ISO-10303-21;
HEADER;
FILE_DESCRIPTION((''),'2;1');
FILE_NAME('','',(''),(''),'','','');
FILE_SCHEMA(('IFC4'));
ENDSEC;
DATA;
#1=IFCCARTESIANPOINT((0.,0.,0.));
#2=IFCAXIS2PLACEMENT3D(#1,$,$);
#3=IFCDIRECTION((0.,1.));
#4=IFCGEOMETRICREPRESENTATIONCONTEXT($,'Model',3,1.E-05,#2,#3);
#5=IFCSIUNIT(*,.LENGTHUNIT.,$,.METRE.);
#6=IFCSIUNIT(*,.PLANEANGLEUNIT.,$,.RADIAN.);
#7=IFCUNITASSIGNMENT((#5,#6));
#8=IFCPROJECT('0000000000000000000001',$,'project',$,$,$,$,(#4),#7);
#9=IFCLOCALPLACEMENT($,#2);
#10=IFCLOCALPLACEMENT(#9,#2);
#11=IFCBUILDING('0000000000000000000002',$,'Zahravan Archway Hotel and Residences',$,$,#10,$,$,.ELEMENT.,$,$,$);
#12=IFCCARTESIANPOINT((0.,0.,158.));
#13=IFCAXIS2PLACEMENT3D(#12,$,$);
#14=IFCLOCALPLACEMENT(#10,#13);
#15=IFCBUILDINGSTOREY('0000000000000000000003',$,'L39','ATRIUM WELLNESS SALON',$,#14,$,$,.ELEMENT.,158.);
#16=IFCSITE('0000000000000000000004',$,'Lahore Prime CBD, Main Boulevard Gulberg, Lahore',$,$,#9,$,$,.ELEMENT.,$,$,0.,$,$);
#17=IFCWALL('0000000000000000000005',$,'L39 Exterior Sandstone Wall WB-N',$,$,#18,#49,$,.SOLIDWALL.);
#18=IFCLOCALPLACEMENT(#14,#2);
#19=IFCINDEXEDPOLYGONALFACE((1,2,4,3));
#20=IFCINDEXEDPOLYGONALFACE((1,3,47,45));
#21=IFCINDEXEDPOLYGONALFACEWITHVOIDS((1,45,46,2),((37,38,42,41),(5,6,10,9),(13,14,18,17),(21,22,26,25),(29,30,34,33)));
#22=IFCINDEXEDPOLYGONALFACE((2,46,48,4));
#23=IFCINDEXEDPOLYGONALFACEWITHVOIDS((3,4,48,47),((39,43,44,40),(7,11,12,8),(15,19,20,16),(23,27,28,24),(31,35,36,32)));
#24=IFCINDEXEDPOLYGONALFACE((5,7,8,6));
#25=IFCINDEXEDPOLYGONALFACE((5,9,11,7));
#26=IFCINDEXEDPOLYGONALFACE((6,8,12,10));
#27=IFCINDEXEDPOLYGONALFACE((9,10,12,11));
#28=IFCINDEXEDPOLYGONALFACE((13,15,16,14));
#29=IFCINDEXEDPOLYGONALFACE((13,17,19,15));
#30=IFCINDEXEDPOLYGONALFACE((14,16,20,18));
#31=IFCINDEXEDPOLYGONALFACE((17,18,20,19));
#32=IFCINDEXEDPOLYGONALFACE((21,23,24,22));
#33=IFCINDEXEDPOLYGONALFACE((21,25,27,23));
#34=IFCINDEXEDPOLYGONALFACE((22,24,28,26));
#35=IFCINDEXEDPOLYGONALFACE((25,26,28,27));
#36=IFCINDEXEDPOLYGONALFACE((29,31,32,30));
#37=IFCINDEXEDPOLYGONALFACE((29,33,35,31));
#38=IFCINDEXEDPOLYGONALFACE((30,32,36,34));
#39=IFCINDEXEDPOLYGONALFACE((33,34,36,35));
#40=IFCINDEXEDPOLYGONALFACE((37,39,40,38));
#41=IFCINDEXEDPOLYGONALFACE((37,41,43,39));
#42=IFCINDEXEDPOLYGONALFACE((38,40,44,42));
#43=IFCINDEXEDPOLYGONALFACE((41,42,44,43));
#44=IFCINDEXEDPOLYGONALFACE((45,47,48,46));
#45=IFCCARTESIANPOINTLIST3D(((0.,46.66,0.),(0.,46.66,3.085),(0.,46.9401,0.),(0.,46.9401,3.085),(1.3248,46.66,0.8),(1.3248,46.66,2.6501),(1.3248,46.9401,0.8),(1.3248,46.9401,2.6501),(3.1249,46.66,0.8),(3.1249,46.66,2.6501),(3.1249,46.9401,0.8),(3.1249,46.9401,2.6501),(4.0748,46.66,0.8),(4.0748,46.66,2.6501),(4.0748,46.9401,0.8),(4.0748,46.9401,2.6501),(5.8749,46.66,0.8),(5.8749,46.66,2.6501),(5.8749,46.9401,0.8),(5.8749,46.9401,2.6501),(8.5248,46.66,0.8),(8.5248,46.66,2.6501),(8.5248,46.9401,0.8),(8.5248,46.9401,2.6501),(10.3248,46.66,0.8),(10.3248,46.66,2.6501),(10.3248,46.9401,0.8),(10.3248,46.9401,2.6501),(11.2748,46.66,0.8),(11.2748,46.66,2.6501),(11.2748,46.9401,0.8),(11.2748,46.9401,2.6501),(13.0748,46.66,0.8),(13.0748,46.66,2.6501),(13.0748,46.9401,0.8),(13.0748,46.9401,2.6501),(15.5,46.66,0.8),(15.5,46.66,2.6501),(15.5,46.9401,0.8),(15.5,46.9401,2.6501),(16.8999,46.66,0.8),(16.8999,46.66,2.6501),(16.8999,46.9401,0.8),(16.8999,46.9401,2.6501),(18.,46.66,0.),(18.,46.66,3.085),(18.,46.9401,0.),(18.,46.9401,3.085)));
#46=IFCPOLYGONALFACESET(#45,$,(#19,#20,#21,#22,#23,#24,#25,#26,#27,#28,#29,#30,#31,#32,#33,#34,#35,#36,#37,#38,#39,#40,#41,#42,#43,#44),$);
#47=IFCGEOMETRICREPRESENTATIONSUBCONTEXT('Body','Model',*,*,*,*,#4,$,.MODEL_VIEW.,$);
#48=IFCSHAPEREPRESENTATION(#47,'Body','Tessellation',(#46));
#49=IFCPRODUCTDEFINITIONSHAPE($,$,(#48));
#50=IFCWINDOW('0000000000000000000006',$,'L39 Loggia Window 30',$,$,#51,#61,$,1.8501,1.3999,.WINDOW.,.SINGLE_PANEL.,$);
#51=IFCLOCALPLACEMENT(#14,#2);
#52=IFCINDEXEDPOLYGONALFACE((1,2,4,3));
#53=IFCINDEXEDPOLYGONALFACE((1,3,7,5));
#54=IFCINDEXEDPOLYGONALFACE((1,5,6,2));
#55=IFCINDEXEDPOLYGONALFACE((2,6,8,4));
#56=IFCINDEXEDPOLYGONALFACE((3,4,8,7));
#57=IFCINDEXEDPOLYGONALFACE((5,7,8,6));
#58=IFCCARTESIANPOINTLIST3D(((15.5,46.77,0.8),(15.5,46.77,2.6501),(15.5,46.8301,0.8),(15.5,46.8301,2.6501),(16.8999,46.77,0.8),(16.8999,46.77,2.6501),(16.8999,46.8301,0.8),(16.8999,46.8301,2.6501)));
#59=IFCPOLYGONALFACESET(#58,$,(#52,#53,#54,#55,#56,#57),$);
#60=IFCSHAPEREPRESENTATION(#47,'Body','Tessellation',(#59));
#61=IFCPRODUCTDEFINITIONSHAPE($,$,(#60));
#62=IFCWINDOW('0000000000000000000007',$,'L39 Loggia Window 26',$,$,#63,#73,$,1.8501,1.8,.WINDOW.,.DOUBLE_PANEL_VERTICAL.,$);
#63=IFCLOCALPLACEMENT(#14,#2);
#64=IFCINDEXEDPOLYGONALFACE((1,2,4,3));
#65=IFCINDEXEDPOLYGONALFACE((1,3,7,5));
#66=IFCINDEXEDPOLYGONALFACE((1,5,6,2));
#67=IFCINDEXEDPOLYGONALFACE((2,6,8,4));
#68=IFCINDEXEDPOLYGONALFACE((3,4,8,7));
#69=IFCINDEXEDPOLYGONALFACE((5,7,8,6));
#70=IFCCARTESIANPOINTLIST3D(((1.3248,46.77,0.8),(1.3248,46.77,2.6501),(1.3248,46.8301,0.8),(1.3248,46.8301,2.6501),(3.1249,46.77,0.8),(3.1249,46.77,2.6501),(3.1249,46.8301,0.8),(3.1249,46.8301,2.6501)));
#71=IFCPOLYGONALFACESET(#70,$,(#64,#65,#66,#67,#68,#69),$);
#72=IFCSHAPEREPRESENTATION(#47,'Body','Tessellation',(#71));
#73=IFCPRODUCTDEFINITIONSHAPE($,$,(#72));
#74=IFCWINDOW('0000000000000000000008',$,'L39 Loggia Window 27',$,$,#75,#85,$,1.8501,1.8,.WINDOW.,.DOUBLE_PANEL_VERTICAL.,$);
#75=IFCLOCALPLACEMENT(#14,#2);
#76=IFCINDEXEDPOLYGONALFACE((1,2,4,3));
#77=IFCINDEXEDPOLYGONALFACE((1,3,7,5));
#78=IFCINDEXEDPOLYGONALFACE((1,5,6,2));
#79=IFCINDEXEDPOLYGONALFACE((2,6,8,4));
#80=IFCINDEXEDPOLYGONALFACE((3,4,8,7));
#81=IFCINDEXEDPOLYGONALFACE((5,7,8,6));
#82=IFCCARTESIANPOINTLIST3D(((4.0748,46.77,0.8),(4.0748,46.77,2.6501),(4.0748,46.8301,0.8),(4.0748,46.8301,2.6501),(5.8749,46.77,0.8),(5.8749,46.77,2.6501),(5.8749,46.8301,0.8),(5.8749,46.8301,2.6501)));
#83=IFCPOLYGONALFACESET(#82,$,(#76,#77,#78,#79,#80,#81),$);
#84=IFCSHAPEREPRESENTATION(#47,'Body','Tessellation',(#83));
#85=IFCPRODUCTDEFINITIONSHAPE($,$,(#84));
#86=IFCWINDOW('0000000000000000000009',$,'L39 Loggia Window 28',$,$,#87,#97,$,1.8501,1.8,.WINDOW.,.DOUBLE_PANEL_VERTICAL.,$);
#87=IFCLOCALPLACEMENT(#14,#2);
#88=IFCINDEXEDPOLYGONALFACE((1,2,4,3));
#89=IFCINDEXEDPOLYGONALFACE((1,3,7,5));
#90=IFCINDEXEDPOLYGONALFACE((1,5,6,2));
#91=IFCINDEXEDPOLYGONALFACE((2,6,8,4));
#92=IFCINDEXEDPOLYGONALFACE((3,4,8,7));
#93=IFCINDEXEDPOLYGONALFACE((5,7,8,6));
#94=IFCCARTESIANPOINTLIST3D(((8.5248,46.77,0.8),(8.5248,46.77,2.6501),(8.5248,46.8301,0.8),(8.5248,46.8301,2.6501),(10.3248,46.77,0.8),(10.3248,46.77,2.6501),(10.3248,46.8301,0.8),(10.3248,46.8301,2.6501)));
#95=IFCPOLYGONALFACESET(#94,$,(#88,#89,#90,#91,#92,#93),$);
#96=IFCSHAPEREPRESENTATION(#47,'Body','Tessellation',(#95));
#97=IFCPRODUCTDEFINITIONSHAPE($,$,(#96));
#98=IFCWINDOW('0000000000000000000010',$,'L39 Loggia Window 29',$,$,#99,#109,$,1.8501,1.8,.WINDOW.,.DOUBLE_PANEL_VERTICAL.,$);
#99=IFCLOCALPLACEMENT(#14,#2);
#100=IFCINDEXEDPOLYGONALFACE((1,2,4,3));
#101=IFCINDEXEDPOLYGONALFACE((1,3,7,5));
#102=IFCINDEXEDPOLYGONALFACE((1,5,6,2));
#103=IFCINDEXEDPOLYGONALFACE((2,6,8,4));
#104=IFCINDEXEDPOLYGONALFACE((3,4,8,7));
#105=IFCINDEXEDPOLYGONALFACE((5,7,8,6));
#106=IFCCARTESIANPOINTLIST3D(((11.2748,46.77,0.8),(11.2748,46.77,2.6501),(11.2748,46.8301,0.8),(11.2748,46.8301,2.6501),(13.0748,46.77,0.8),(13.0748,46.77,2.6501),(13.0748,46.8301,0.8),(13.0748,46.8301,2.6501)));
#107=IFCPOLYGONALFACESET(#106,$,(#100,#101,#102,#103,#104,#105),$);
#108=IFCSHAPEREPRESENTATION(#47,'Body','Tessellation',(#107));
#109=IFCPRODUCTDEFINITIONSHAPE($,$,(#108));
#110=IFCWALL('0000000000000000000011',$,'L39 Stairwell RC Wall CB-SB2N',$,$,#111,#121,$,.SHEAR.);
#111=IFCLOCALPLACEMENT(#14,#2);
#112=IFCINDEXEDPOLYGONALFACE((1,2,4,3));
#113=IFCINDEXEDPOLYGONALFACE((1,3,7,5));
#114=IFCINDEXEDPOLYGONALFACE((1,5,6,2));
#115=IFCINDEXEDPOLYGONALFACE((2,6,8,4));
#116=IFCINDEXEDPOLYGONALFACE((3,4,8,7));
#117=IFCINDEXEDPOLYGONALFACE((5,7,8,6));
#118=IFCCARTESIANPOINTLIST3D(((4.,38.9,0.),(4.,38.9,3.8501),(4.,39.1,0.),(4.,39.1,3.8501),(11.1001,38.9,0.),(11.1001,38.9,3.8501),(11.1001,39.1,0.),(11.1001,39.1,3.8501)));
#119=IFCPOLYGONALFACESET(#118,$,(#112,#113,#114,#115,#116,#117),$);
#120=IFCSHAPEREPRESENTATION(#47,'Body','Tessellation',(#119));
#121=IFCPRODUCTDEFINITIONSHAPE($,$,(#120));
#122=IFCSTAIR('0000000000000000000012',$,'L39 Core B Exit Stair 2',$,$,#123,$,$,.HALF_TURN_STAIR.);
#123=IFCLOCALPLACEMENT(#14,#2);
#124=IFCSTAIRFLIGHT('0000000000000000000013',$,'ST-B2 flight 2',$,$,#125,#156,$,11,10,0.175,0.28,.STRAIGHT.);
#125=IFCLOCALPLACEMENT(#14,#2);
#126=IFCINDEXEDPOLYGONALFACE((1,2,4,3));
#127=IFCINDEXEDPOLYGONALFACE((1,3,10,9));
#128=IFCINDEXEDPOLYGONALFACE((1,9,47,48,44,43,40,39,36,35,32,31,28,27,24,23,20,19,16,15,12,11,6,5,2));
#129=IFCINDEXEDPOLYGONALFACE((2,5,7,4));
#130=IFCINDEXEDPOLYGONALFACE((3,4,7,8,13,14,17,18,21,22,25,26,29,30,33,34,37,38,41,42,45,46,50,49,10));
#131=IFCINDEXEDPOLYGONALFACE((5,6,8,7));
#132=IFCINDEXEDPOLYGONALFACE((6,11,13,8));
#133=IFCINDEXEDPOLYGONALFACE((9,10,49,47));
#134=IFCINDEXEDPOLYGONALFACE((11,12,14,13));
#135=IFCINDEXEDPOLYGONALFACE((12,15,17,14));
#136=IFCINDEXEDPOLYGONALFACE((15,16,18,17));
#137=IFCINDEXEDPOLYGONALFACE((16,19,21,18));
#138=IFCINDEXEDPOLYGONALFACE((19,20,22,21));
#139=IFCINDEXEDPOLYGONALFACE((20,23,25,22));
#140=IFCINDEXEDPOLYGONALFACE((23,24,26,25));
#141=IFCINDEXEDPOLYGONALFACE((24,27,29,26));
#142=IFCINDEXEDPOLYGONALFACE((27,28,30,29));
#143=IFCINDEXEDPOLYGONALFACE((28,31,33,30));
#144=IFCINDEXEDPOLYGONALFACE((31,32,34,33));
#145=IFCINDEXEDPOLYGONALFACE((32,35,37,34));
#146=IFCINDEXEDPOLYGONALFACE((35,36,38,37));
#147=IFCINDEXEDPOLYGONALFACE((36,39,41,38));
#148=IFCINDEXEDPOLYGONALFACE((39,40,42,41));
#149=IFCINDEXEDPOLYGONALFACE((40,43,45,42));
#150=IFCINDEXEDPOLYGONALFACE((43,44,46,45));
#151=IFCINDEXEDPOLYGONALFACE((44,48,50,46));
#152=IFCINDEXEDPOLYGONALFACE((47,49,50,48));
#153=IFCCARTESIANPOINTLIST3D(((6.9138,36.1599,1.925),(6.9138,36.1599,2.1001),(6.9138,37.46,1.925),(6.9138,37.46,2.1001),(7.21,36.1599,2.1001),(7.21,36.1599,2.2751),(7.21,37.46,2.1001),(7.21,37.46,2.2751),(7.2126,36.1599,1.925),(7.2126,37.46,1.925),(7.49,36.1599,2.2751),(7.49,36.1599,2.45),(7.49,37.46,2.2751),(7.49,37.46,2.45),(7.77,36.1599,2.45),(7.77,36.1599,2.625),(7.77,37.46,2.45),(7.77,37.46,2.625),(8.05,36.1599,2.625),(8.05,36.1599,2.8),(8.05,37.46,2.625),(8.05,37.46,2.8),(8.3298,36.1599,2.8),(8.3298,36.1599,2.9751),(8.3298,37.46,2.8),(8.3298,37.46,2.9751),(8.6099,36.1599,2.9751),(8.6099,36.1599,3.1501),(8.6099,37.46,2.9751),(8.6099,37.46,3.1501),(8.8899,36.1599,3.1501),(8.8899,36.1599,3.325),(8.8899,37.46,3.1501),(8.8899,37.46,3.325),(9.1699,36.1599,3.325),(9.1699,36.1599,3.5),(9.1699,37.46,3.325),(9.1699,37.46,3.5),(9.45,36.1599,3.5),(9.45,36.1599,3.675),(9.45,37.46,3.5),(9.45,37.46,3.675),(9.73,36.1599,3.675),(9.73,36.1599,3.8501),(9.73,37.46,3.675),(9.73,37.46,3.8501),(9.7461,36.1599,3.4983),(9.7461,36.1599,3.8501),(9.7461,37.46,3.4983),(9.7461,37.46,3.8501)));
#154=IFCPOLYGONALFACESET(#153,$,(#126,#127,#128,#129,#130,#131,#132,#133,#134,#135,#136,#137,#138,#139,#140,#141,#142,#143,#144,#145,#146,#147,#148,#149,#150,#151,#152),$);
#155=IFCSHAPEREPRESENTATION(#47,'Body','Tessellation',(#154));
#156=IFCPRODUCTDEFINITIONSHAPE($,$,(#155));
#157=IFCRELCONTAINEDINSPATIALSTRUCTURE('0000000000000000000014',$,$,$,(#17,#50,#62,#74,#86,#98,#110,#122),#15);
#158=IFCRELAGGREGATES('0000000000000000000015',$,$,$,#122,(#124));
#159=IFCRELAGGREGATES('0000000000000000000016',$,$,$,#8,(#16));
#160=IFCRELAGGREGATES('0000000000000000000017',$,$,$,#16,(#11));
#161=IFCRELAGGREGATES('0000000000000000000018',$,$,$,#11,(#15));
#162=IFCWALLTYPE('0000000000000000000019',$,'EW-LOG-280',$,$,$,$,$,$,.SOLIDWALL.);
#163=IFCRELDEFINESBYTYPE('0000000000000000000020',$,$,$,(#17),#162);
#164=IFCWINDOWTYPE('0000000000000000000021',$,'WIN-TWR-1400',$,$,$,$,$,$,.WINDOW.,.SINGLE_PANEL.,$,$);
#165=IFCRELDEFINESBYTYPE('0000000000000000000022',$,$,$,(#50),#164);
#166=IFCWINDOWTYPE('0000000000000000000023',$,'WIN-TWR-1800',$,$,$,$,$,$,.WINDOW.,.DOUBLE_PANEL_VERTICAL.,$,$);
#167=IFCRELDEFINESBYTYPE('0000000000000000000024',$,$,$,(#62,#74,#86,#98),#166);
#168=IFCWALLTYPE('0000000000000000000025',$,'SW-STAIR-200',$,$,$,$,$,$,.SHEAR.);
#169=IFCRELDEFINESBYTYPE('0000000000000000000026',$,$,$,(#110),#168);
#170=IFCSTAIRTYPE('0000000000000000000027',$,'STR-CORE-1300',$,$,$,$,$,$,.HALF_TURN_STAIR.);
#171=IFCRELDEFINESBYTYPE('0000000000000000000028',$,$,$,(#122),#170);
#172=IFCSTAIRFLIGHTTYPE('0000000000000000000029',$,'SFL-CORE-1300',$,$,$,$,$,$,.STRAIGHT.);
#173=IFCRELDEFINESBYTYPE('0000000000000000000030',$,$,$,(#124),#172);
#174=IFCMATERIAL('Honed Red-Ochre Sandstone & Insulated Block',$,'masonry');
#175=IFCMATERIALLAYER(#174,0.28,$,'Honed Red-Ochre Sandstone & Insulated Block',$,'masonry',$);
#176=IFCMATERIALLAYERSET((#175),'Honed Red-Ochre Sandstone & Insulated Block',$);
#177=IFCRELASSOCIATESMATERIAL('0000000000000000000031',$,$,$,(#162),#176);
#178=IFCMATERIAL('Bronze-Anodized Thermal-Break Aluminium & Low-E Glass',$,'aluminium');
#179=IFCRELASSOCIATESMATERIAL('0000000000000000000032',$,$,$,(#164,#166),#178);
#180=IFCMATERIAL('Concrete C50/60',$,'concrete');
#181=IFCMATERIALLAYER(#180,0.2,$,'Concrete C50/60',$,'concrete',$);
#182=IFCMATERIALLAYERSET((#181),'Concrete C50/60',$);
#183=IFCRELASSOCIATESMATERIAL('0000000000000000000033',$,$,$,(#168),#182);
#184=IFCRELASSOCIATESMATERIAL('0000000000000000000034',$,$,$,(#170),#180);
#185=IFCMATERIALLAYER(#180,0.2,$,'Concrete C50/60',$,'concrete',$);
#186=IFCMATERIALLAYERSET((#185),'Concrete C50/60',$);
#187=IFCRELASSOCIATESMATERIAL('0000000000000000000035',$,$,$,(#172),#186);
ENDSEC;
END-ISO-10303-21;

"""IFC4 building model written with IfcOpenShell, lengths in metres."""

from ifc_helpers import new_model, si_unit, direction, frame, frame_2d, origin, place, context, subcontext, project, spatial, polyline, rectangle, outline, extrude, source, transform, mapped, material, layer, layer_set, type_object, type_shapes, element, fill, aggregate, save


model = new_model("IFC4")

# Units and contexts
model_context = context("Model", 3, precision=1e-05, world=origin(), true_north=direction((0.0, 1.0)))
body_context = subcontext(model_context, "Body", "Model", "MODEL_VIEW")
ifc_project = project(units=[si_unit("LENGTHUNIT", "METRE"), si_unit("PLANEANGLEUNIT", "RADIAN")], contexts=[model_context])

# Site, building, storey
site_placement = place(None, origin())
site = spatial("IfcSite", under=ifc_project, at=site_placement, Name="Lahore Prime CBD, Main Boulevard Gulberg, Lahore", CompositionType="ELEMENT", RefElevation=0.0)
building_placement = place(site_placement, origin())
building = spatial("IfcBuilding", under=site, at=building_placement, Name="Zahravan Archway Hotel and Residences", CompositionType="ELEMENT")
storey_placement = place(building_placement, frame((0.0, 0.0, 158.0)))
storey = spatial("IfcBuildingStorey", under=building, at=storey_placement, Name="L39", Description="ATRIUM WELLNESS SALON", CompositionType="ELEMENT", Elevation=158.0)

# Wall, openings, windows
ifc_material_1 = material(Name="Honed Red-Ochre Sandstone & Insulated Block", Category="masonry")
ifc_layer_1 = layer(ifc_material_1, 0.28, Name="Honed Red-Ochre Sandstone & Insulated Block", Category="masonry")
ifc_layer_set_1 = layer_set([ifc_layer_1], Name="Honed Red-Ochre Sandstone & Insulated Block")
wall_type_1 = type_object("IfcWallType", Name="EW-LOG-280", PredefinedType="SOLIDWALL", material=ifc_layer_set_1)
wall_1_placement = place(storey_placement, frame((0.0, 46.8, 0.0), z_axis=(0.0, 0.0, 1.0), x_axis=(1.0, 0.0, 0.0)))
wall_1 = element("IfcWall", 1, at=wall_1_placement, inside=storey, type_object=wall_type_1, Name="L39 Exterior Sandstone Wall WB-N", PredefinedType="SOLIDWALL", context=body_context, shape_type="SweptSolid", body=[
    extrude(rectangle(XDim=18.0, YDim=0.28, at=frame_2d((9.0, 0.0))), origin(), (0.0, 0.0, 1.0), 3.085),
])
opening_1_placement = place(wall_1_placement, frame((1.325, 0.0, 0.8)))
opening_1 = element("IfcOpeningElement", 2, at=opening_1_placement, cuts=wall_1, PredefinedType="OPENING", context=body_context, shape_type="SweptSolid", body=[
    extrude(rectangle(XDim=1.8, YDim=1.8501, at=frame_2d((0.8999, 0.925))), frame((0.0, 0.1499, 0.0), z_axis=(0.0, -1.0, 0.0), x_axis=(1.0, 0.0, 0.0)), (0.0, 0.0, 1.0), 0.3),
])
opening_2_placement = place(wall_1_placement, frame((4.075, 0.0, 0.8)))
opening_2 = element("IfcOpeningElement", 3, at=opening_2_placement, cuts=wall_1, PredefinedType="OPENING", context=body_context, shape_type="SweptSolid", body=[
    extrude(rectangle(XDim=1.8, YDim=1.8501, at=frame_2d((0.8999, 0.925))), frame((0.0, 0.1499, 0.0), z_axis=(0.0, -1.0, 0.0), x_axis=(1.0, 0.0, 0.0)), (0.0, 0.0, 1.0), 0.3),
])
opening_3_placement = place(wall_1_placement, frame((8.5249, 0.0, 0.8)))
opening_3 = element("IfcOpeningElement", 4, at=opening_3_placement, cuts=wall_1, PredefinedType="OPENING", context=body_context, shape_type="SweptSolid", body=[
    extrude(rectangle(XDim=1.8, YDim=1.8501, at=frame_2d((0.8999, 0.925))), frame((0.0, 0.1499, 0.0), z_axis=(0.0, -1.0, 0.0), x_axis=(1.0, 0.0, 0.0)), (0.0, 0.0, 1.0), 0.3),
])
opening_4_placement = place(wall_1_placement, frame((11.2749, 0.0, 0.8)))
opening_4 = element("IfcOpeningElement", 5, at=opening_4_placement, cuts=wall_1, PredefinedType="OPENING", context=body_context, shape_type="SweptSolid", body=[
    extrude(rectangle(XDim=1.8, YDim=1.8501, at=frame_2d((0.8999, 0.925))), frame((0.0, 0.1499, 0.0), z_axis=(0.0, -1.0, 0.0), x_axis=(1.0, 0.0, 0.0)), (0.0, 0.0, 1.0), 0.3),
])
opening_5_placement = place(wall_1_placement, frame((15.5, 0.0, 0.8)))
opening_5 = element("IfcOpeningElement", 6, at=opening_5_placement, cuts=wall_1, PredefinedType="OPENING", context=body_context, shape_type="SweptSolid", body=[
    extrude(rectangle(XDim=1.3999, YDim=1.8501, at=frame_2d((0.7, 0.925))), frame((0.0, 0.1499, 0.0), z_axis=(0.0, -1.0, 0.0), x_axis=(1.0, 0.0, 0.0)), (0.0, 0.0, 1.0), 0.3),
])
ifc_material_2 = material(Name="Bronze-Anodized Thermal-Break Aluminium & Low-E Glass", Category="aluminium")
window_type_1 = type_object("IfcWindowType", Name="WIN-TWR-1400", PartitioningType="SINGLE_PANEL", PredefinedType="WINDOW", material=ifc_material_2)
shared_shape_1 = source(origin(), body_context, "Body", "SweptSolid", [
    extrude(rectangle(XDim=1.3999, YDim=1.8501, at=frame_2d((0.7, 0.925))), frame((0.0, 0.03, 0.0), z_axis=(0.0, -1.0, 0.0), x_axis=(1.0, 0.0, 0.0)), (0.0, 0.0, 1.0), 0.0601),
])
type_shapes(window_type_1, [shared_shape_1])
window_1_placement = place(opening_5_placement, origin())
window_1 = element("IfcWindow", 7, at=window_1_placement, inside=storey, type_object=window_type_1, Name="L39 Loggia Window 30", OverallHeight=1.8501, OverallWidth=1.3999, PartitioningType="SINGLE_PANEL", PredefinedType="WINDOW", context=body_context, shape_type="MappedRepresentation", body=[
    mapped(shared_shape_1, transform((0.0, 0.0, 0.0), scale=1.0)),
])
fill(opening_5, window_1)
window_type_2 = type_object("IfcWindowType", Name="WIN-TWR-1800", PartitioningType="DOUBLE_PANEL_VERTICAL", PredefinedType="WINDOW", material=ifc_material_2)
shared_shape_2 = source(origin(), body_context, "Body", "SweptSolid", [
    extrude(rectangle(XDim=1.8, YDim=1.8501, at=frame_2d((0.8999, 0.925))), frame((0.0, 0.03, 0.0), z_axis=(0.0, -1.0, 0.0), x_axis=(1.0, 0.0, 0.0)), (0.0, 0.0, 1.0), 0.0601),
])
type_shapes(window_type_2, [shared_shape_2])
window_2_placement = place(opening_1_placement, origin())
window_2 = element("IfcWindow", 8, at=window_2_placement, inside=storey, type_object=window_type_2, Name="L39 Loggia Window 26", OverallHeight=1.8501, OverallWidth=1.8, PartitioningType="DOUBLE_PANEL_VERTICAL", PredefinedType="WINDOW", context=body_context, shape_type="MappedRepresentation", body=[
    mapped(shared_shape_2, transform((0.0, 0.0, 0.0), scale=1.0)),
])
fill(opening_1, window_2)
window_3_placement = place(opening_2_placement, origin())
window_3 = element("IfcWindow", 9, at=window_3_placement, inside=storey, type_object=window_type_2, Name="L39 Loggia Window 27", OverallHeight=1.8501, OverallWidth=1.8, PartitioningType="DOUBLE_PANEL_VERTICAL", PredefinedType="WINDOW", context=body_context, shape_type="MappedRepresentation", body=[
    mapped(shared_shape_2, transform((0.0, 0.0, 0.0), scale=1.0)),
])
fill(opening_2, window_3)
window_4_placement = place(opening_3_placement, origin())
window_4 = element("IfcWindow", 10, at=window_4_placement, inside=storey, type_object=window_type_2, Name="L39 Loggia Window 28", OverallHeight=1.8501, OverallWidth=1.8, PartitioningType="DOUBLE_PANEL_VERTICAL", PredefinedType="WINDOW", context=body_context, shape_type="MappedRepresentation", body=[
    mapped(shared_shape_2, transform((0.0, 0.0, 0.0), scale=1.0)),
])
fill(opening_3, window_4)
window_5_placement = place(opening_4_placement, origin())
window_5 = element("IfcWindow", 11, at=window_5_placement, inside=storey, type_object=window_type_2, Name="L39 Loggia Window 29", OverallHeight=1.8501, OverallWidth=1.8, PartitioningType="DOUBLE_PANEL_VERTICAL", PredefinedType="WINDOW", context=body_context, shape_type="MappedRepresentation", body=[
    mapped(shared_shape_2, transform((0.0, 0.0, 0.0), scale=1.0)),
])
fill(opening_4, window_5)

# Wall
ifc_material_3 = material(Name="Concrete C50/60", Category="concrete")
ifc_layer_2 = layer(ifc_material_3, 0.2, Name="Concrete C50/60", Category="concrete")
ifc_layer_set_2 = layer_set([ifc_layer_2], Name="Concrete C50/60")
wall_type_2 = type_object("IfcWallType", Name="SW-STAIR-200", PredefinedType="SHEAR", material=ifc_layer_set_2)
wall_2_placement = place(storey_placement, frame((4.0, 39.0, 0.0), z_axis=(0.0, 0.0, 1.0), x_axis=(1.0, 0.0, 0.0)))
element("IfcWall", 12, at=wall_2_placement, inside=storey, type_object=wall_type_2, Name="L39 Stairwell RC Wall CB-SB2N", PredefinedType="SHEAR", context=body_context, shape_type="SweptSolid", body=[
    extrude(rectangle(XDim=7.1001, YDim=0.2, at=frame_2d((3.55, 0.0))), origin(), (0.0, 0.0, 1.0), 3.8501),
])

# Stair, stair flight
stair_type = type_object("IfcStairType", Name="STR-CORE-1300", PredefinedType="HALF_TURN_STAIR", material=ifc_material_3)
stair_placement = place(storey_placement, origin())
stair = element("IfcStair", 13, at=stair_placement, inside=storey, type_object=stair_type, Name="L39 Core B Exit Stair 2", PredefinedType="HALF_TURN_STAIR")
ifc_layer_3 = layer(ifc_material_3, 0.2, Name="Concrete C50/60", Category="concrete")
ifc_layer_set_3 = layer_set([ifc_layer_3], Name="Concrete C50/60")
stair_flight_type = type_object("IfcStairFlightType", Name="SFL-CORE-1300", PredefinedType="STRAIGHT", material=ifc_layer_set_3)
shared_shape_3 = source(origin(), body_context, "Body", "SweptSolid", [
    extrude(outline(polyline([(-0.0161, 0.0), (-0.0161, 0.175), (0.28, 0.175), (0.28, 0.3501), (0.5601, 0.3501), (0.5601, 0.5249), (0.8401, 0.5249), (0.8401, 0.7), (1.1201, 0.7), (1.1201, 0.875), (1.3999, 0.875), (1.3999, 1.05), (1.6799, 1.05), (1.6799, 1.2251), (1.96, 1.2251), (1.96, 1.3999), (2.24, 1.3999), (2.24, 1.575), (2.52, 1.575), (2.52, 1.75), (2.8, 1.75), (2.8, 1.925), (2.8162, 1.925), (2.8162, 1.5732), (0.2827, 0.0), (-0.0161, 0.0)])), frame((0.0, 0.6499, 0.0), z_axis=(0.0, -1.0, 0.0), x_axis=(1.0, 0.0, 0.0)), (0.0, 0.0, 1.0), 1.3),
])
stair_flight_placement = place(storey_placement, frame((6.9299, 36.8101, 1.925), z_axis=(0.0, 0.0, 1.0), x_axis=(1.0, 0.0, 0.0)))
stair_flight = element("IfcStairFlight", 14, at=stair_flight_placement, type_object=stair_flight_type, Name="ST-B2 flight 2", NumberOfRisers=11, NumberOfTreads=10, PredefinedType="STRAIGHT", RiserHeight=0.175, TreadLength=0.28, context=body_context, shape_type="MappedRepresentation", body=[
    mapped(shared_shape_3, transform((0.0, 0.0, 0.0), scale=1.0)),
])
aggregate(stair, [stair_flight])

save(model, "model.ifc")
